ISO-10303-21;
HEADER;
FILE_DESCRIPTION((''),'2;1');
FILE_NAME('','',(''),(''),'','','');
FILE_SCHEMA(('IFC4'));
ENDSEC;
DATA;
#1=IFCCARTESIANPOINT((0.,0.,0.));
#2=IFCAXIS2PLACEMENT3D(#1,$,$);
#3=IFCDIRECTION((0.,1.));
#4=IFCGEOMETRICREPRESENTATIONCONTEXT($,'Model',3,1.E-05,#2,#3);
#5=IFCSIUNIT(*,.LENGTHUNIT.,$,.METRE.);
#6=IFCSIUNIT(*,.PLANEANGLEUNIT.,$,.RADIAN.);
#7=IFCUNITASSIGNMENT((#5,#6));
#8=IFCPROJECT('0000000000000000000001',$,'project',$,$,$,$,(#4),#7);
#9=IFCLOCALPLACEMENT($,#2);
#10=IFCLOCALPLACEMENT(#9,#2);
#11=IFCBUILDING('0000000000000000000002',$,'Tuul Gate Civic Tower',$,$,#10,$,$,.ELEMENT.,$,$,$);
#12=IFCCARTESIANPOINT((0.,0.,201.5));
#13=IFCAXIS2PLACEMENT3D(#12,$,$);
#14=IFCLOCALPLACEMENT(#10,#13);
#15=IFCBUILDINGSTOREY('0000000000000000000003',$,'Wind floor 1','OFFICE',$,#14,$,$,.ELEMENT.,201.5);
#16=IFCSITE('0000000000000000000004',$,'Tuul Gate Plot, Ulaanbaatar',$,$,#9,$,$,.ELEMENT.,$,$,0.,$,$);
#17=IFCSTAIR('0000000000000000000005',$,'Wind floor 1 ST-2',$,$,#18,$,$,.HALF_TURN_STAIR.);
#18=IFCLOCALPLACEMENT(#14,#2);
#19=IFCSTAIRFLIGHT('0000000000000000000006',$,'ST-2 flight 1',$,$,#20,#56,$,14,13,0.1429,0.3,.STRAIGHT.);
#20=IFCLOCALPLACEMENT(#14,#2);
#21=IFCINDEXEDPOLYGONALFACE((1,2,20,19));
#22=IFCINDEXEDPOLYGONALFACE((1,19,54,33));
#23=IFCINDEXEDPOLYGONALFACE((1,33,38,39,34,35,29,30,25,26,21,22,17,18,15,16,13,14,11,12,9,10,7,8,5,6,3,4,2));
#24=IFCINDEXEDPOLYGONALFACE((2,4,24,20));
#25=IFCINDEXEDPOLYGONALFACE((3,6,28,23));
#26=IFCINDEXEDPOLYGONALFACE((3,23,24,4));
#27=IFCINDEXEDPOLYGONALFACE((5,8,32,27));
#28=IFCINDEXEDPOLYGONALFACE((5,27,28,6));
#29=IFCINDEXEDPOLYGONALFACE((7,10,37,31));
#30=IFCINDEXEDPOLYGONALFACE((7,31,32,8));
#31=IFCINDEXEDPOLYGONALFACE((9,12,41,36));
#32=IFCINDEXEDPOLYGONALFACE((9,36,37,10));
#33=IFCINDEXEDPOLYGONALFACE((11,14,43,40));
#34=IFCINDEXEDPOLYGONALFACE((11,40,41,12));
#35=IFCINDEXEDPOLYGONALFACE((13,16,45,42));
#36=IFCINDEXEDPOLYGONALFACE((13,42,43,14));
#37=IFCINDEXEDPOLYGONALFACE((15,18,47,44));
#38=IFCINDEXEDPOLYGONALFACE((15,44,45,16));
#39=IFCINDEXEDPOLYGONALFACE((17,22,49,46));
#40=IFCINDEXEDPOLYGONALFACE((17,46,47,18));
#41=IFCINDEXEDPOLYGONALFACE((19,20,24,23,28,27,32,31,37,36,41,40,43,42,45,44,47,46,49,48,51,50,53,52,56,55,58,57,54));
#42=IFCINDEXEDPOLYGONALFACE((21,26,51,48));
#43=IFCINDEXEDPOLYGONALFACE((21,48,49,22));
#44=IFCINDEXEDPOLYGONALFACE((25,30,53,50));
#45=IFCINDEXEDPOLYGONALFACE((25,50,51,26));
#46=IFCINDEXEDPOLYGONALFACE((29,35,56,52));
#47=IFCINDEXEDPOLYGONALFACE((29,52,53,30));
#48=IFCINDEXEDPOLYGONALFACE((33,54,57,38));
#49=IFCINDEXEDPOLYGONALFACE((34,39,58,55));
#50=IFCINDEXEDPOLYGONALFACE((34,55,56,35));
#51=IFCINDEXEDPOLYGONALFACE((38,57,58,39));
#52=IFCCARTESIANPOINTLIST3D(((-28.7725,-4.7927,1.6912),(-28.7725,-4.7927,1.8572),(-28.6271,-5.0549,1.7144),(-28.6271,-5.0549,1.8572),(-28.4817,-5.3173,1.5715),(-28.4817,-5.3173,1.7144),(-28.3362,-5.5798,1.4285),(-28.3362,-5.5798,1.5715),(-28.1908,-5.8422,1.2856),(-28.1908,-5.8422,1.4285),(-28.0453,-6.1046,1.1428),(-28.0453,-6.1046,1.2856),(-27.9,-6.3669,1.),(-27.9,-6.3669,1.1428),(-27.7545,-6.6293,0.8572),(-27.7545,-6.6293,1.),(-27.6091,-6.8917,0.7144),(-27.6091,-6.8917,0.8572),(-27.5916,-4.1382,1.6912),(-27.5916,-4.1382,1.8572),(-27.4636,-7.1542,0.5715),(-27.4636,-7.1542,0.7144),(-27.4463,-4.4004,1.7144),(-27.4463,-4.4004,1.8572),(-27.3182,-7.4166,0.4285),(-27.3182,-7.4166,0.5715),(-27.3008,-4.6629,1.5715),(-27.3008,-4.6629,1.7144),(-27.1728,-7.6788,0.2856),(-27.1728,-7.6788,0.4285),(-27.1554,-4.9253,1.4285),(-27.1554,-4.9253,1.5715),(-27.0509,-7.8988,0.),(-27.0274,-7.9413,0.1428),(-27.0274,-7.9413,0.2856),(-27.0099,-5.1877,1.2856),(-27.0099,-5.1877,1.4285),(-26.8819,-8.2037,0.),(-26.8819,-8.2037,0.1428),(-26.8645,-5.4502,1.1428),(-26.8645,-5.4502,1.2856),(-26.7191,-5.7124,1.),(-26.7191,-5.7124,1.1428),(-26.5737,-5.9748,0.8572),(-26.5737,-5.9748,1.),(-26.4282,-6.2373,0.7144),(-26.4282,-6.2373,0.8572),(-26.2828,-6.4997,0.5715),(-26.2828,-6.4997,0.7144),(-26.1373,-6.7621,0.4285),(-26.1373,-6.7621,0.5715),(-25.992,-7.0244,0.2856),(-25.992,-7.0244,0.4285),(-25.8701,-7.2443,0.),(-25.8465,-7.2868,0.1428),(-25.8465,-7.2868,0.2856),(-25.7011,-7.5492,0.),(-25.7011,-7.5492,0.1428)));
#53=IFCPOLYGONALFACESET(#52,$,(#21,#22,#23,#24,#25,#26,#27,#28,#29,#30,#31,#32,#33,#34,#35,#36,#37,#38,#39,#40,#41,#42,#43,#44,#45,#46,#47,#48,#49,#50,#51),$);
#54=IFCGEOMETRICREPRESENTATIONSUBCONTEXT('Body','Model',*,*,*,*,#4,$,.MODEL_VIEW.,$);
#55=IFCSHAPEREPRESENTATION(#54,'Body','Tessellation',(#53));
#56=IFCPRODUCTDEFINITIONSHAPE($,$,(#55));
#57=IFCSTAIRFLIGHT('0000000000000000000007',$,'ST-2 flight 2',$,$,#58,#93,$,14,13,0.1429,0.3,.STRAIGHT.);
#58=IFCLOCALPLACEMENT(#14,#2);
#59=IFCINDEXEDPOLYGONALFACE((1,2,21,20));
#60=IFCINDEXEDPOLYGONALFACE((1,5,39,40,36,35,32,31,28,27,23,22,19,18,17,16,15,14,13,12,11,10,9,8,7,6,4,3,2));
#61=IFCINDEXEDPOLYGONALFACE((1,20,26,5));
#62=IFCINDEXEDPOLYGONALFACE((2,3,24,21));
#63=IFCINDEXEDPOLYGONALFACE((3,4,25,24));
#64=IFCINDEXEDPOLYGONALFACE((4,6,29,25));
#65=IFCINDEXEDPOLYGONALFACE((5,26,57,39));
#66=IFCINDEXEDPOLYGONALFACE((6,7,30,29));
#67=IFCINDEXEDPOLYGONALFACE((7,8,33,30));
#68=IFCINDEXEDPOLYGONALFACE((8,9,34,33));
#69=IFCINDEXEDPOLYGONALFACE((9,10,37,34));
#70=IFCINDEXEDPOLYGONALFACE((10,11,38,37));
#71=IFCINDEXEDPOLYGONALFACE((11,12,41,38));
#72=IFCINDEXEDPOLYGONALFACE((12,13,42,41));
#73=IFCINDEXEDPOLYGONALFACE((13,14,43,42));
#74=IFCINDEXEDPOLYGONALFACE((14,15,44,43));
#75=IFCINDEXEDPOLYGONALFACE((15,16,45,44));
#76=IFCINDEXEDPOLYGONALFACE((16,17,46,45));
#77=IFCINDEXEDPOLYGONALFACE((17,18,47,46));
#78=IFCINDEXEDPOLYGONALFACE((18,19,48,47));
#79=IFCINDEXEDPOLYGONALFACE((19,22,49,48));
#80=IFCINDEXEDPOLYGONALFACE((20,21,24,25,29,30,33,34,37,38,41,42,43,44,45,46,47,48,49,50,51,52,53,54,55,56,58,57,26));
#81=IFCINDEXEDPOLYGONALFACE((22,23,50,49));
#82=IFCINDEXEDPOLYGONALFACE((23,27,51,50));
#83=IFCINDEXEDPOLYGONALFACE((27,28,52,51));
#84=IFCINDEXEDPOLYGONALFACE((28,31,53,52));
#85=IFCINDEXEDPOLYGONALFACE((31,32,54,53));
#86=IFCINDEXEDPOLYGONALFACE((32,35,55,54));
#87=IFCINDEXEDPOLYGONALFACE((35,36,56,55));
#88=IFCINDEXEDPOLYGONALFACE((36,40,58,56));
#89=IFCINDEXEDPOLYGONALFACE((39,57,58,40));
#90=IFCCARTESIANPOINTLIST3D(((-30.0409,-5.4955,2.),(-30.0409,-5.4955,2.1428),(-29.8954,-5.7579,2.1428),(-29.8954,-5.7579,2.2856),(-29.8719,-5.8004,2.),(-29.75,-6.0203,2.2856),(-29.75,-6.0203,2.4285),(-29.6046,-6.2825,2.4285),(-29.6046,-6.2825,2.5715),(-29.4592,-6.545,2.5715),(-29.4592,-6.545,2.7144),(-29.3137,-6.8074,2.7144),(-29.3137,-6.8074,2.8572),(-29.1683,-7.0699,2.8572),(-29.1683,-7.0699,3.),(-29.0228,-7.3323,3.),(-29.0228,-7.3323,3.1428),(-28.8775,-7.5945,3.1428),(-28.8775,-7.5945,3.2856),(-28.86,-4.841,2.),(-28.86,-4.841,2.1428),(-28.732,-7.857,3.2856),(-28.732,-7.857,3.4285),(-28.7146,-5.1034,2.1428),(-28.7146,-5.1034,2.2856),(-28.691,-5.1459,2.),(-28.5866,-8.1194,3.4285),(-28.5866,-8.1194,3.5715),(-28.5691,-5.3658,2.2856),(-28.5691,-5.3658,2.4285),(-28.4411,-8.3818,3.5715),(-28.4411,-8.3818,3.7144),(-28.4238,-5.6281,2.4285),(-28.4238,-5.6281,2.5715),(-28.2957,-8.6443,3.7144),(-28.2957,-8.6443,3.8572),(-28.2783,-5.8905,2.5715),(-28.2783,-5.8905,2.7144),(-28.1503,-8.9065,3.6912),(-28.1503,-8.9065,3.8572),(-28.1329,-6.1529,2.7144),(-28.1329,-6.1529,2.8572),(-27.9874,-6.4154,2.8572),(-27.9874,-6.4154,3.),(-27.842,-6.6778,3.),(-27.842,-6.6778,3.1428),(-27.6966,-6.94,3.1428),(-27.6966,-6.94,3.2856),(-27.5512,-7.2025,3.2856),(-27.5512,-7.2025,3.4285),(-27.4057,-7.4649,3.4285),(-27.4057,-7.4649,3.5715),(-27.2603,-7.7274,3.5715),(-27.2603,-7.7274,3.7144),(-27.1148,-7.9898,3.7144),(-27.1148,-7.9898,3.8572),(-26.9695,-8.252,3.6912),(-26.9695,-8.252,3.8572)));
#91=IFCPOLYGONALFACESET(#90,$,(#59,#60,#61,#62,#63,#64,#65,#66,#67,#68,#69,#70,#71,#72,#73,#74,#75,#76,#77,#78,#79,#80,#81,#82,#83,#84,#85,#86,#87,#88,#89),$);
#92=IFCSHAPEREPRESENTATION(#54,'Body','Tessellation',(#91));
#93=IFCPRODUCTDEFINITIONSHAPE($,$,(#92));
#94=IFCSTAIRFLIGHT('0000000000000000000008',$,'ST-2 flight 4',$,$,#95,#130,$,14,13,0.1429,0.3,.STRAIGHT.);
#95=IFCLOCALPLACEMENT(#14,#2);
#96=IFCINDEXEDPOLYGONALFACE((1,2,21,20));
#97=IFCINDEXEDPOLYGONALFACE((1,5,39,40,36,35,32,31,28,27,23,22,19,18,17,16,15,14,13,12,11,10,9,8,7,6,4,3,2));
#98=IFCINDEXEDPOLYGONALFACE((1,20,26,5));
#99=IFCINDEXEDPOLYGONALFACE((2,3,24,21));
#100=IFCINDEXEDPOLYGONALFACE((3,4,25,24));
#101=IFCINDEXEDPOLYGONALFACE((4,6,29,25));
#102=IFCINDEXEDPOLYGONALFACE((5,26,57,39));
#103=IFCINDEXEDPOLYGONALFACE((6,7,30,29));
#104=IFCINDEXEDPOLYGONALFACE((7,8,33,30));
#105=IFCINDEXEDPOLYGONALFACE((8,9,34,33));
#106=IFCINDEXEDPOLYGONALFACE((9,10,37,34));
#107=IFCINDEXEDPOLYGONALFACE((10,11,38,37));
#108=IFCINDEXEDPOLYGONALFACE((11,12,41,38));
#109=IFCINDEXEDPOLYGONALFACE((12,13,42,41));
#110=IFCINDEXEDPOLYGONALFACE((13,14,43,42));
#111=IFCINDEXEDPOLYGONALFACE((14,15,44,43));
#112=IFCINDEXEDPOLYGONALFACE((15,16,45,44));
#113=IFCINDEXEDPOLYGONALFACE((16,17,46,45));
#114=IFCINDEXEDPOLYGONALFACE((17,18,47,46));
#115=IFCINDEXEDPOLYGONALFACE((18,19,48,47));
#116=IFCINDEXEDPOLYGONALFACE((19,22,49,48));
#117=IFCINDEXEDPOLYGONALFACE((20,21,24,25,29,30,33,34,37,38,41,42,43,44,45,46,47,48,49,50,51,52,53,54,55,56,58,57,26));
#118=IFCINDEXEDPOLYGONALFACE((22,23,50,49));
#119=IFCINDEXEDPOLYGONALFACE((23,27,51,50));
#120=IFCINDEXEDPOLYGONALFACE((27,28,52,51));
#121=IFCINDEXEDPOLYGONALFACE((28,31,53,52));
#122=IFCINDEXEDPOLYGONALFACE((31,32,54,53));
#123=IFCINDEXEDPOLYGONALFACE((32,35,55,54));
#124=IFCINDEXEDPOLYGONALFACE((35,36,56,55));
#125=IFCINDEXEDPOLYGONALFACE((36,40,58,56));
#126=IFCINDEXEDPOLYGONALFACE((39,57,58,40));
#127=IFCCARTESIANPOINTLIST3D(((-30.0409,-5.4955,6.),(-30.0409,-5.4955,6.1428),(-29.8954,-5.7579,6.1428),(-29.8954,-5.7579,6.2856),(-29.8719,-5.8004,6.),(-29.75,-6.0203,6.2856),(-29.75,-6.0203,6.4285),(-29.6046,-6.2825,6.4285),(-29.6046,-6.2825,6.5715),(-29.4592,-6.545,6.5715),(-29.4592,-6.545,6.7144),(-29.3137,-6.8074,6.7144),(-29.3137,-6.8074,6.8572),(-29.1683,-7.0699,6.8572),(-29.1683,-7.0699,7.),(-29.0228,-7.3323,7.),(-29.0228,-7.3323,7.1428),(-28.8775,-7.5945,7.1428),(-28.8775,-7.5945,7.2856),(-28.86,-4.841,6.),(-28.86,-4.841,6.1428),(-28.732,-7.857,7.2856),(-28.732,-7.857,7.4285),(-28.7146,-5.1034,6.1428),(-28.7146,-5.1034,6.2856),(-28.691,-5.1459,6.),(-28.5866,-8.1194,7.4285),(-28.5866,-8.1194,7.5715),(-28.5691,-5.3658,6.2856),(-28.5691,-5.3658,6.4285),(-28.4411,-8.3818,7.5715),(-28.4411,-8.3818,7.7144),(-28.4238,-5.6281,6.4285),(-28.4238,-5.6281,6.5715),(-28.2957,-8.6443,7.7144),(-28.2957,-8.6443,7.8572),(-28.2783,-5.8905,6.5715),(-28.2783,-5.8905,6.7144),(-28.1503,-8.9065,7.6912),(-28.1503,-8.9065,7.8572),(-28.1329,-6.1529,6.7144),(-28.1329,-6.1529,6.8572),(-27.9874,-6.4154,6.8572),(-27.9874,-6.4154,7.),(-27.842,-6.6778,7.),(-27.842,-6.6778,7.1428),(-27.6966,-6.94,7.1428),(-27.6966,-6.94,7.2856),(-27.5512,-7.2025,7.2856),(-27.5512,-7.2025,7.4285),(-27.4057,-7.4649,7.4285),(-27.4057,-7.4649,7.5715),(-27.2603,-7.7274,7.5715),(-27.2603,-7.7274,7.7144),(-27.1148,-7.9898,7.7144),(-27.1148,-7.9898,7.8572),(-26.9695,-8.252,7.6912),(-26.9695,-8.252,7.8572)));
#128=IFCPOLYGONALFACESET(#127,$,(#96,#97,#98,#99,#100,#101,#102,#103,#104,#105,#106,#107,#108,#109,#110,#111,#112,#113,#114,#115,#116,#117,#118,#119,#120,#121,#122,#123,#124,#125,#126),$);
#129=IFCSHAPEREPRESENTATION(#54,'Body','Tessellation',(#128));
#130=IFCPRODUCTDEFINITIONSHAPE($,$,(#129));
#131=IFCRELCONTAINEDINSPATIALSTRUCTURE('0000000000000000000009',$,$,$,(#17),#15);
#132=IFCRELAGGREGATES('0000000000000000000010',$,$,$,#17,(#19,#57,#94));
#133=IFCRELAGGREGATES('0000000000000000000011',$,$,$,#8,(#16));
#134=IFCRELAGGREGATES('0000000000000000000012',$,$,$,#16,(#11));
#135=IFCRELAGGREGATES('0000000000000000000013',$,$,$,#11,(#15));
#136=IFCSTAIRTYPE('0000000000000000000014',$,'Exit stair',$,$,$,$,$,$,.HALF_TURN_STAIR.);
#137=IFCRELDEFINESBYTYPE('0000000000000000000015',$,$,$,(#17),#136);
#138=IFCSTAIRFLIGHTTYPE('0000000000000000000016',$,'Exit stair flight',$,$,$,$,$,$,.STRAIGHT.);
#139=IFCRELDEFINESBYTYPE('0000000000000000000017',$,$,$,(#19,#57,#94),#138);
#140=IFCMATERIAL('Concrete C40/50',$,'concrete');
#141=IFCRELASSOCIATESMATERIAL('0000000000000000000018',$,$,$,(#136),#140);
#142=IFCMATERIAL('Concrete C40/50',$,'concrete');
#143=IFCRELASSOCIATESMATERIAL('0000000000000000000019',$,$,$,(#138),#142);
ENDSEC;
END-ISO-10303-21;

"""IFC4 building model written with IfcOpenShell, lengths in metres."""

from ifc_helpers import new_model, si_unit, direction, frame, origin, place, context, subcontext, project, spatial, polyline, outline, extrude, material, type_object, element, aggregate, save


model = new_model("IFC4")

# Units and contexts
model_context = context("Model", 3, precision=1e-05, world=origin(), true_north=direction((0.0, 1.0)))
body_context = subcontext(model_context, "Body", "Model", "MODEL_VIEW")
ifc_project = project(units=[si_unit("LENGTHUNIT", "METRE"), si_unit("PLANEANGLEUNIT", "RADIAN")], contexts=[model_context])

# Site, building, storey
site_placement = place(None, origin())
site = spatial("IfcSite", under=ifc_project, at=site_placement, Name="Tuul Gate Plot, Ulaanbaatar", CompositionType="ELEMENT", RefElevation=0.0)
building_placement = place(site_placement, origin())
building = spatial("IfcBuilding", under=site, at=building_placement, Name="Tuul Gate Civic Tower", CompositionType="ELEMENT")
storey_placement = place(building_placement, frame((0.0, 0.0, 201.5)))
storey = spatial("IfcBuildingStorey", under=building, at=storey_placement, Name="Wind floor 1", Description="OFFICE", CompositionType="ELEMENT", Elevation=201.5)

# Stair, stair flights
ifc_material_1 = material(Name="Concrete C40/50", Category="concrete")
stair_type = type_object("IfcStairType", Name="Exit stair", PredefinedType="HALF_TURN_STAIR", material=ifc_material_1)
stair_placement = place(storey_placement, origin())
stair = element("IfcStair", 1, at=stair_placement, inside=storey, type_object=stair_type, Name="Wind floor 1 ST-2", PredefinedType="HALF_TURN_STAIR")
ifc_material_2 = material(Name="Concrete C40/50", Category="concrete")
stair_flight_type = type_object("IfcStairFlightType", Name="Exit stair flight", PredefinedType="STRAIGHT", material=ifc_material_2)
stair_flight_1_placement = place(storey_placement, frame((-26.2915, -7.8765, 0.0), z_axis=(0.0, 0.0, 1.0), x_axis=(-0.484762, 0.874646, 0.0)))
stair_flight_1 = element("IfcStairFlight", 2, at=stair_flight_1_placement, type_object=stair_flight_type, Name="ST-2 flight 1", NumberOfRisers=14, NumberOfTreads=13, PredefinedType="STRAIGHT", RiserHeight=0.1429, TreadLength=0.3, context=body_context, shape_type="SweptSolid", body=[
    extrude(outline(polyline([(0.0, 0.0), (0.0, 0.1428), (0.3, 0.1428), (0.3, 0.2856), (0.6001, 0.2856), (0.6001, 0.4285), (0.8999, 0.4285), (0.8999, 0.5715), (1.2, 0.5715), (1.2, 0.7144), (1.5, 0.7144), (1.5, 0.8572), (1.8, 0.8572), (1.8, 1.0), (2.1001, 1.0), (2.1001, 1.1428), (2.3999, 1.1428), (2.3999, 1.2856), (2.7, 1.2856), (2.7, 1.4285), (3.0, 1.4285), (3.0, 1.5715), (3.3, 1.5715), (3.3, 1.7144), (3.6001, 1.7144), (3.6001, 1.8572), (3.8999, 1.8572), (3.8999, 2.0), (3.8999, 1.6912), (0.3486, 0.0), (0.0, 0.0)])), frame((0.0, 0.675, 0.0), z_axis=(0.0, -1.0, 0.0), x_axis=(1.0, 0.0, 0.0)), (0.0, 0.0, 1.0), 1.3501),
])
stair_flight_2_placement = place(storey_placement, frame((-29.4504, -5.1682, 2.0), z_axis=(0.0, 0.0, 1.0), x_axis=(0.484762, -0.874646, 0.0)))
stair_flight_2 = element("IfcStairFlight", 3, at=stair_flight_2_placement, type_object=stair_flight_type, Name="ST-2 flight 2", NumberOfRisers=14, NumberOfTreads=13, PredefinedType="STRAIGHT", RiserHeight=0.1429, TreadLength=0.3, context=body_context, shape_type="SweptSolid", body=[
    extrude(outline(polyline([(0.0, 0.0), (0.0, 0.1428), (0.3, 0.1428), (0.3, 0.2856), (0.6001, 0.2856), (0.6001, 0.4285), (0.8999, 0.4285), (0.8999, 0.5715), (1.2, 0.5715), (1.2, 0.7144), (1.5, 0.7144), (1.5, 0.8572), (1.8, 0.8572), (1.8, 1.0), (2.1001, 1.0), (2.1001, 1.1428), (2.3999, 1.1428), (2.3999, 1.2856), (2.7, 1.2856), (2.7, 1.4285), (3.0, 1.4285), (3.0, 1.5715), (3.3, 1.5715), (3.3, 1.7144), (3.6001, 1.7144), (3.6001, 1.8572), (3.8999, 1.8572), (3.8999, 2.0), (3.8999, 1.6912), (0.3486, 0.0), (0.0, 0.0)])), frame((0.0, 0.675, 0.0), z_axis=(0.0, -1.0, 0.0), x_axis=(1.0, 0.0, 0.0)), (0.0, 0.0, 1.0), 1.3501),
])
stair_flight_3_placement = place(storey_placement, frame((-29.4504, -5.1682, 6.0), z_axis=(0.0, 0.0, 1.0), x_axis=(0.484762, -0.874646, 0.0)))
stair_flight_3 = element("IfcStairFlight", 4, at=stair_flight_3_placement, type_object=stair_flight_type, Name="ST-2 flight 4", NumberOfRisers=14, NumberOfTreads=13, PredefinedType="STRAIGHT", RiserHeight=0.1429, TreadLength=0.3, context=body_context, shape_type="SweptSolid", body=[
    extrude(outline(polyline([(0.0, 0.0), (0.0, 0.1428), (0.3, 0.1428), (0.3, 0.2856), (0.6001, 0.2856), (0.6001, 0.4285), (0.8999, 0.4285), (0.8999, 0.5715), (1.2, 0.5715), (1.2, 0.7144), (1.5, 0.7144), (1.5, 0.8572), (1.8, 0.8572), (1.8, 1.0), (2.1001, 1.0), (2.1001, 1.1428), (2.3999, 1.1428), (2.3999, 1.2856), (2.7, 1.2856), (2.7, 1.4285), (3.0, 1.4285), (3.0, 1.5715), (3.3, 1.5715), (3.3, 1.7144), (3.6001, 1.7144), (3.6001, 1.8572), (3.8999, 1.8572), (3.8999, 2.0), (3.8999, 1.6912), (0.3486, 0.0), (0.0, 0.0)])), frame((0.0, 0.675, 0.0), z_axis=(0.0, -1.0, 0.0), x_axis=(1.0, 0.0, 0.0)), (0.0, 0.0, 1.0), 1.3501),
])
aggregate(stair, [stair_flight_1, stair_flight_2, stair_flight_3])

save(model, "model.ifc")
